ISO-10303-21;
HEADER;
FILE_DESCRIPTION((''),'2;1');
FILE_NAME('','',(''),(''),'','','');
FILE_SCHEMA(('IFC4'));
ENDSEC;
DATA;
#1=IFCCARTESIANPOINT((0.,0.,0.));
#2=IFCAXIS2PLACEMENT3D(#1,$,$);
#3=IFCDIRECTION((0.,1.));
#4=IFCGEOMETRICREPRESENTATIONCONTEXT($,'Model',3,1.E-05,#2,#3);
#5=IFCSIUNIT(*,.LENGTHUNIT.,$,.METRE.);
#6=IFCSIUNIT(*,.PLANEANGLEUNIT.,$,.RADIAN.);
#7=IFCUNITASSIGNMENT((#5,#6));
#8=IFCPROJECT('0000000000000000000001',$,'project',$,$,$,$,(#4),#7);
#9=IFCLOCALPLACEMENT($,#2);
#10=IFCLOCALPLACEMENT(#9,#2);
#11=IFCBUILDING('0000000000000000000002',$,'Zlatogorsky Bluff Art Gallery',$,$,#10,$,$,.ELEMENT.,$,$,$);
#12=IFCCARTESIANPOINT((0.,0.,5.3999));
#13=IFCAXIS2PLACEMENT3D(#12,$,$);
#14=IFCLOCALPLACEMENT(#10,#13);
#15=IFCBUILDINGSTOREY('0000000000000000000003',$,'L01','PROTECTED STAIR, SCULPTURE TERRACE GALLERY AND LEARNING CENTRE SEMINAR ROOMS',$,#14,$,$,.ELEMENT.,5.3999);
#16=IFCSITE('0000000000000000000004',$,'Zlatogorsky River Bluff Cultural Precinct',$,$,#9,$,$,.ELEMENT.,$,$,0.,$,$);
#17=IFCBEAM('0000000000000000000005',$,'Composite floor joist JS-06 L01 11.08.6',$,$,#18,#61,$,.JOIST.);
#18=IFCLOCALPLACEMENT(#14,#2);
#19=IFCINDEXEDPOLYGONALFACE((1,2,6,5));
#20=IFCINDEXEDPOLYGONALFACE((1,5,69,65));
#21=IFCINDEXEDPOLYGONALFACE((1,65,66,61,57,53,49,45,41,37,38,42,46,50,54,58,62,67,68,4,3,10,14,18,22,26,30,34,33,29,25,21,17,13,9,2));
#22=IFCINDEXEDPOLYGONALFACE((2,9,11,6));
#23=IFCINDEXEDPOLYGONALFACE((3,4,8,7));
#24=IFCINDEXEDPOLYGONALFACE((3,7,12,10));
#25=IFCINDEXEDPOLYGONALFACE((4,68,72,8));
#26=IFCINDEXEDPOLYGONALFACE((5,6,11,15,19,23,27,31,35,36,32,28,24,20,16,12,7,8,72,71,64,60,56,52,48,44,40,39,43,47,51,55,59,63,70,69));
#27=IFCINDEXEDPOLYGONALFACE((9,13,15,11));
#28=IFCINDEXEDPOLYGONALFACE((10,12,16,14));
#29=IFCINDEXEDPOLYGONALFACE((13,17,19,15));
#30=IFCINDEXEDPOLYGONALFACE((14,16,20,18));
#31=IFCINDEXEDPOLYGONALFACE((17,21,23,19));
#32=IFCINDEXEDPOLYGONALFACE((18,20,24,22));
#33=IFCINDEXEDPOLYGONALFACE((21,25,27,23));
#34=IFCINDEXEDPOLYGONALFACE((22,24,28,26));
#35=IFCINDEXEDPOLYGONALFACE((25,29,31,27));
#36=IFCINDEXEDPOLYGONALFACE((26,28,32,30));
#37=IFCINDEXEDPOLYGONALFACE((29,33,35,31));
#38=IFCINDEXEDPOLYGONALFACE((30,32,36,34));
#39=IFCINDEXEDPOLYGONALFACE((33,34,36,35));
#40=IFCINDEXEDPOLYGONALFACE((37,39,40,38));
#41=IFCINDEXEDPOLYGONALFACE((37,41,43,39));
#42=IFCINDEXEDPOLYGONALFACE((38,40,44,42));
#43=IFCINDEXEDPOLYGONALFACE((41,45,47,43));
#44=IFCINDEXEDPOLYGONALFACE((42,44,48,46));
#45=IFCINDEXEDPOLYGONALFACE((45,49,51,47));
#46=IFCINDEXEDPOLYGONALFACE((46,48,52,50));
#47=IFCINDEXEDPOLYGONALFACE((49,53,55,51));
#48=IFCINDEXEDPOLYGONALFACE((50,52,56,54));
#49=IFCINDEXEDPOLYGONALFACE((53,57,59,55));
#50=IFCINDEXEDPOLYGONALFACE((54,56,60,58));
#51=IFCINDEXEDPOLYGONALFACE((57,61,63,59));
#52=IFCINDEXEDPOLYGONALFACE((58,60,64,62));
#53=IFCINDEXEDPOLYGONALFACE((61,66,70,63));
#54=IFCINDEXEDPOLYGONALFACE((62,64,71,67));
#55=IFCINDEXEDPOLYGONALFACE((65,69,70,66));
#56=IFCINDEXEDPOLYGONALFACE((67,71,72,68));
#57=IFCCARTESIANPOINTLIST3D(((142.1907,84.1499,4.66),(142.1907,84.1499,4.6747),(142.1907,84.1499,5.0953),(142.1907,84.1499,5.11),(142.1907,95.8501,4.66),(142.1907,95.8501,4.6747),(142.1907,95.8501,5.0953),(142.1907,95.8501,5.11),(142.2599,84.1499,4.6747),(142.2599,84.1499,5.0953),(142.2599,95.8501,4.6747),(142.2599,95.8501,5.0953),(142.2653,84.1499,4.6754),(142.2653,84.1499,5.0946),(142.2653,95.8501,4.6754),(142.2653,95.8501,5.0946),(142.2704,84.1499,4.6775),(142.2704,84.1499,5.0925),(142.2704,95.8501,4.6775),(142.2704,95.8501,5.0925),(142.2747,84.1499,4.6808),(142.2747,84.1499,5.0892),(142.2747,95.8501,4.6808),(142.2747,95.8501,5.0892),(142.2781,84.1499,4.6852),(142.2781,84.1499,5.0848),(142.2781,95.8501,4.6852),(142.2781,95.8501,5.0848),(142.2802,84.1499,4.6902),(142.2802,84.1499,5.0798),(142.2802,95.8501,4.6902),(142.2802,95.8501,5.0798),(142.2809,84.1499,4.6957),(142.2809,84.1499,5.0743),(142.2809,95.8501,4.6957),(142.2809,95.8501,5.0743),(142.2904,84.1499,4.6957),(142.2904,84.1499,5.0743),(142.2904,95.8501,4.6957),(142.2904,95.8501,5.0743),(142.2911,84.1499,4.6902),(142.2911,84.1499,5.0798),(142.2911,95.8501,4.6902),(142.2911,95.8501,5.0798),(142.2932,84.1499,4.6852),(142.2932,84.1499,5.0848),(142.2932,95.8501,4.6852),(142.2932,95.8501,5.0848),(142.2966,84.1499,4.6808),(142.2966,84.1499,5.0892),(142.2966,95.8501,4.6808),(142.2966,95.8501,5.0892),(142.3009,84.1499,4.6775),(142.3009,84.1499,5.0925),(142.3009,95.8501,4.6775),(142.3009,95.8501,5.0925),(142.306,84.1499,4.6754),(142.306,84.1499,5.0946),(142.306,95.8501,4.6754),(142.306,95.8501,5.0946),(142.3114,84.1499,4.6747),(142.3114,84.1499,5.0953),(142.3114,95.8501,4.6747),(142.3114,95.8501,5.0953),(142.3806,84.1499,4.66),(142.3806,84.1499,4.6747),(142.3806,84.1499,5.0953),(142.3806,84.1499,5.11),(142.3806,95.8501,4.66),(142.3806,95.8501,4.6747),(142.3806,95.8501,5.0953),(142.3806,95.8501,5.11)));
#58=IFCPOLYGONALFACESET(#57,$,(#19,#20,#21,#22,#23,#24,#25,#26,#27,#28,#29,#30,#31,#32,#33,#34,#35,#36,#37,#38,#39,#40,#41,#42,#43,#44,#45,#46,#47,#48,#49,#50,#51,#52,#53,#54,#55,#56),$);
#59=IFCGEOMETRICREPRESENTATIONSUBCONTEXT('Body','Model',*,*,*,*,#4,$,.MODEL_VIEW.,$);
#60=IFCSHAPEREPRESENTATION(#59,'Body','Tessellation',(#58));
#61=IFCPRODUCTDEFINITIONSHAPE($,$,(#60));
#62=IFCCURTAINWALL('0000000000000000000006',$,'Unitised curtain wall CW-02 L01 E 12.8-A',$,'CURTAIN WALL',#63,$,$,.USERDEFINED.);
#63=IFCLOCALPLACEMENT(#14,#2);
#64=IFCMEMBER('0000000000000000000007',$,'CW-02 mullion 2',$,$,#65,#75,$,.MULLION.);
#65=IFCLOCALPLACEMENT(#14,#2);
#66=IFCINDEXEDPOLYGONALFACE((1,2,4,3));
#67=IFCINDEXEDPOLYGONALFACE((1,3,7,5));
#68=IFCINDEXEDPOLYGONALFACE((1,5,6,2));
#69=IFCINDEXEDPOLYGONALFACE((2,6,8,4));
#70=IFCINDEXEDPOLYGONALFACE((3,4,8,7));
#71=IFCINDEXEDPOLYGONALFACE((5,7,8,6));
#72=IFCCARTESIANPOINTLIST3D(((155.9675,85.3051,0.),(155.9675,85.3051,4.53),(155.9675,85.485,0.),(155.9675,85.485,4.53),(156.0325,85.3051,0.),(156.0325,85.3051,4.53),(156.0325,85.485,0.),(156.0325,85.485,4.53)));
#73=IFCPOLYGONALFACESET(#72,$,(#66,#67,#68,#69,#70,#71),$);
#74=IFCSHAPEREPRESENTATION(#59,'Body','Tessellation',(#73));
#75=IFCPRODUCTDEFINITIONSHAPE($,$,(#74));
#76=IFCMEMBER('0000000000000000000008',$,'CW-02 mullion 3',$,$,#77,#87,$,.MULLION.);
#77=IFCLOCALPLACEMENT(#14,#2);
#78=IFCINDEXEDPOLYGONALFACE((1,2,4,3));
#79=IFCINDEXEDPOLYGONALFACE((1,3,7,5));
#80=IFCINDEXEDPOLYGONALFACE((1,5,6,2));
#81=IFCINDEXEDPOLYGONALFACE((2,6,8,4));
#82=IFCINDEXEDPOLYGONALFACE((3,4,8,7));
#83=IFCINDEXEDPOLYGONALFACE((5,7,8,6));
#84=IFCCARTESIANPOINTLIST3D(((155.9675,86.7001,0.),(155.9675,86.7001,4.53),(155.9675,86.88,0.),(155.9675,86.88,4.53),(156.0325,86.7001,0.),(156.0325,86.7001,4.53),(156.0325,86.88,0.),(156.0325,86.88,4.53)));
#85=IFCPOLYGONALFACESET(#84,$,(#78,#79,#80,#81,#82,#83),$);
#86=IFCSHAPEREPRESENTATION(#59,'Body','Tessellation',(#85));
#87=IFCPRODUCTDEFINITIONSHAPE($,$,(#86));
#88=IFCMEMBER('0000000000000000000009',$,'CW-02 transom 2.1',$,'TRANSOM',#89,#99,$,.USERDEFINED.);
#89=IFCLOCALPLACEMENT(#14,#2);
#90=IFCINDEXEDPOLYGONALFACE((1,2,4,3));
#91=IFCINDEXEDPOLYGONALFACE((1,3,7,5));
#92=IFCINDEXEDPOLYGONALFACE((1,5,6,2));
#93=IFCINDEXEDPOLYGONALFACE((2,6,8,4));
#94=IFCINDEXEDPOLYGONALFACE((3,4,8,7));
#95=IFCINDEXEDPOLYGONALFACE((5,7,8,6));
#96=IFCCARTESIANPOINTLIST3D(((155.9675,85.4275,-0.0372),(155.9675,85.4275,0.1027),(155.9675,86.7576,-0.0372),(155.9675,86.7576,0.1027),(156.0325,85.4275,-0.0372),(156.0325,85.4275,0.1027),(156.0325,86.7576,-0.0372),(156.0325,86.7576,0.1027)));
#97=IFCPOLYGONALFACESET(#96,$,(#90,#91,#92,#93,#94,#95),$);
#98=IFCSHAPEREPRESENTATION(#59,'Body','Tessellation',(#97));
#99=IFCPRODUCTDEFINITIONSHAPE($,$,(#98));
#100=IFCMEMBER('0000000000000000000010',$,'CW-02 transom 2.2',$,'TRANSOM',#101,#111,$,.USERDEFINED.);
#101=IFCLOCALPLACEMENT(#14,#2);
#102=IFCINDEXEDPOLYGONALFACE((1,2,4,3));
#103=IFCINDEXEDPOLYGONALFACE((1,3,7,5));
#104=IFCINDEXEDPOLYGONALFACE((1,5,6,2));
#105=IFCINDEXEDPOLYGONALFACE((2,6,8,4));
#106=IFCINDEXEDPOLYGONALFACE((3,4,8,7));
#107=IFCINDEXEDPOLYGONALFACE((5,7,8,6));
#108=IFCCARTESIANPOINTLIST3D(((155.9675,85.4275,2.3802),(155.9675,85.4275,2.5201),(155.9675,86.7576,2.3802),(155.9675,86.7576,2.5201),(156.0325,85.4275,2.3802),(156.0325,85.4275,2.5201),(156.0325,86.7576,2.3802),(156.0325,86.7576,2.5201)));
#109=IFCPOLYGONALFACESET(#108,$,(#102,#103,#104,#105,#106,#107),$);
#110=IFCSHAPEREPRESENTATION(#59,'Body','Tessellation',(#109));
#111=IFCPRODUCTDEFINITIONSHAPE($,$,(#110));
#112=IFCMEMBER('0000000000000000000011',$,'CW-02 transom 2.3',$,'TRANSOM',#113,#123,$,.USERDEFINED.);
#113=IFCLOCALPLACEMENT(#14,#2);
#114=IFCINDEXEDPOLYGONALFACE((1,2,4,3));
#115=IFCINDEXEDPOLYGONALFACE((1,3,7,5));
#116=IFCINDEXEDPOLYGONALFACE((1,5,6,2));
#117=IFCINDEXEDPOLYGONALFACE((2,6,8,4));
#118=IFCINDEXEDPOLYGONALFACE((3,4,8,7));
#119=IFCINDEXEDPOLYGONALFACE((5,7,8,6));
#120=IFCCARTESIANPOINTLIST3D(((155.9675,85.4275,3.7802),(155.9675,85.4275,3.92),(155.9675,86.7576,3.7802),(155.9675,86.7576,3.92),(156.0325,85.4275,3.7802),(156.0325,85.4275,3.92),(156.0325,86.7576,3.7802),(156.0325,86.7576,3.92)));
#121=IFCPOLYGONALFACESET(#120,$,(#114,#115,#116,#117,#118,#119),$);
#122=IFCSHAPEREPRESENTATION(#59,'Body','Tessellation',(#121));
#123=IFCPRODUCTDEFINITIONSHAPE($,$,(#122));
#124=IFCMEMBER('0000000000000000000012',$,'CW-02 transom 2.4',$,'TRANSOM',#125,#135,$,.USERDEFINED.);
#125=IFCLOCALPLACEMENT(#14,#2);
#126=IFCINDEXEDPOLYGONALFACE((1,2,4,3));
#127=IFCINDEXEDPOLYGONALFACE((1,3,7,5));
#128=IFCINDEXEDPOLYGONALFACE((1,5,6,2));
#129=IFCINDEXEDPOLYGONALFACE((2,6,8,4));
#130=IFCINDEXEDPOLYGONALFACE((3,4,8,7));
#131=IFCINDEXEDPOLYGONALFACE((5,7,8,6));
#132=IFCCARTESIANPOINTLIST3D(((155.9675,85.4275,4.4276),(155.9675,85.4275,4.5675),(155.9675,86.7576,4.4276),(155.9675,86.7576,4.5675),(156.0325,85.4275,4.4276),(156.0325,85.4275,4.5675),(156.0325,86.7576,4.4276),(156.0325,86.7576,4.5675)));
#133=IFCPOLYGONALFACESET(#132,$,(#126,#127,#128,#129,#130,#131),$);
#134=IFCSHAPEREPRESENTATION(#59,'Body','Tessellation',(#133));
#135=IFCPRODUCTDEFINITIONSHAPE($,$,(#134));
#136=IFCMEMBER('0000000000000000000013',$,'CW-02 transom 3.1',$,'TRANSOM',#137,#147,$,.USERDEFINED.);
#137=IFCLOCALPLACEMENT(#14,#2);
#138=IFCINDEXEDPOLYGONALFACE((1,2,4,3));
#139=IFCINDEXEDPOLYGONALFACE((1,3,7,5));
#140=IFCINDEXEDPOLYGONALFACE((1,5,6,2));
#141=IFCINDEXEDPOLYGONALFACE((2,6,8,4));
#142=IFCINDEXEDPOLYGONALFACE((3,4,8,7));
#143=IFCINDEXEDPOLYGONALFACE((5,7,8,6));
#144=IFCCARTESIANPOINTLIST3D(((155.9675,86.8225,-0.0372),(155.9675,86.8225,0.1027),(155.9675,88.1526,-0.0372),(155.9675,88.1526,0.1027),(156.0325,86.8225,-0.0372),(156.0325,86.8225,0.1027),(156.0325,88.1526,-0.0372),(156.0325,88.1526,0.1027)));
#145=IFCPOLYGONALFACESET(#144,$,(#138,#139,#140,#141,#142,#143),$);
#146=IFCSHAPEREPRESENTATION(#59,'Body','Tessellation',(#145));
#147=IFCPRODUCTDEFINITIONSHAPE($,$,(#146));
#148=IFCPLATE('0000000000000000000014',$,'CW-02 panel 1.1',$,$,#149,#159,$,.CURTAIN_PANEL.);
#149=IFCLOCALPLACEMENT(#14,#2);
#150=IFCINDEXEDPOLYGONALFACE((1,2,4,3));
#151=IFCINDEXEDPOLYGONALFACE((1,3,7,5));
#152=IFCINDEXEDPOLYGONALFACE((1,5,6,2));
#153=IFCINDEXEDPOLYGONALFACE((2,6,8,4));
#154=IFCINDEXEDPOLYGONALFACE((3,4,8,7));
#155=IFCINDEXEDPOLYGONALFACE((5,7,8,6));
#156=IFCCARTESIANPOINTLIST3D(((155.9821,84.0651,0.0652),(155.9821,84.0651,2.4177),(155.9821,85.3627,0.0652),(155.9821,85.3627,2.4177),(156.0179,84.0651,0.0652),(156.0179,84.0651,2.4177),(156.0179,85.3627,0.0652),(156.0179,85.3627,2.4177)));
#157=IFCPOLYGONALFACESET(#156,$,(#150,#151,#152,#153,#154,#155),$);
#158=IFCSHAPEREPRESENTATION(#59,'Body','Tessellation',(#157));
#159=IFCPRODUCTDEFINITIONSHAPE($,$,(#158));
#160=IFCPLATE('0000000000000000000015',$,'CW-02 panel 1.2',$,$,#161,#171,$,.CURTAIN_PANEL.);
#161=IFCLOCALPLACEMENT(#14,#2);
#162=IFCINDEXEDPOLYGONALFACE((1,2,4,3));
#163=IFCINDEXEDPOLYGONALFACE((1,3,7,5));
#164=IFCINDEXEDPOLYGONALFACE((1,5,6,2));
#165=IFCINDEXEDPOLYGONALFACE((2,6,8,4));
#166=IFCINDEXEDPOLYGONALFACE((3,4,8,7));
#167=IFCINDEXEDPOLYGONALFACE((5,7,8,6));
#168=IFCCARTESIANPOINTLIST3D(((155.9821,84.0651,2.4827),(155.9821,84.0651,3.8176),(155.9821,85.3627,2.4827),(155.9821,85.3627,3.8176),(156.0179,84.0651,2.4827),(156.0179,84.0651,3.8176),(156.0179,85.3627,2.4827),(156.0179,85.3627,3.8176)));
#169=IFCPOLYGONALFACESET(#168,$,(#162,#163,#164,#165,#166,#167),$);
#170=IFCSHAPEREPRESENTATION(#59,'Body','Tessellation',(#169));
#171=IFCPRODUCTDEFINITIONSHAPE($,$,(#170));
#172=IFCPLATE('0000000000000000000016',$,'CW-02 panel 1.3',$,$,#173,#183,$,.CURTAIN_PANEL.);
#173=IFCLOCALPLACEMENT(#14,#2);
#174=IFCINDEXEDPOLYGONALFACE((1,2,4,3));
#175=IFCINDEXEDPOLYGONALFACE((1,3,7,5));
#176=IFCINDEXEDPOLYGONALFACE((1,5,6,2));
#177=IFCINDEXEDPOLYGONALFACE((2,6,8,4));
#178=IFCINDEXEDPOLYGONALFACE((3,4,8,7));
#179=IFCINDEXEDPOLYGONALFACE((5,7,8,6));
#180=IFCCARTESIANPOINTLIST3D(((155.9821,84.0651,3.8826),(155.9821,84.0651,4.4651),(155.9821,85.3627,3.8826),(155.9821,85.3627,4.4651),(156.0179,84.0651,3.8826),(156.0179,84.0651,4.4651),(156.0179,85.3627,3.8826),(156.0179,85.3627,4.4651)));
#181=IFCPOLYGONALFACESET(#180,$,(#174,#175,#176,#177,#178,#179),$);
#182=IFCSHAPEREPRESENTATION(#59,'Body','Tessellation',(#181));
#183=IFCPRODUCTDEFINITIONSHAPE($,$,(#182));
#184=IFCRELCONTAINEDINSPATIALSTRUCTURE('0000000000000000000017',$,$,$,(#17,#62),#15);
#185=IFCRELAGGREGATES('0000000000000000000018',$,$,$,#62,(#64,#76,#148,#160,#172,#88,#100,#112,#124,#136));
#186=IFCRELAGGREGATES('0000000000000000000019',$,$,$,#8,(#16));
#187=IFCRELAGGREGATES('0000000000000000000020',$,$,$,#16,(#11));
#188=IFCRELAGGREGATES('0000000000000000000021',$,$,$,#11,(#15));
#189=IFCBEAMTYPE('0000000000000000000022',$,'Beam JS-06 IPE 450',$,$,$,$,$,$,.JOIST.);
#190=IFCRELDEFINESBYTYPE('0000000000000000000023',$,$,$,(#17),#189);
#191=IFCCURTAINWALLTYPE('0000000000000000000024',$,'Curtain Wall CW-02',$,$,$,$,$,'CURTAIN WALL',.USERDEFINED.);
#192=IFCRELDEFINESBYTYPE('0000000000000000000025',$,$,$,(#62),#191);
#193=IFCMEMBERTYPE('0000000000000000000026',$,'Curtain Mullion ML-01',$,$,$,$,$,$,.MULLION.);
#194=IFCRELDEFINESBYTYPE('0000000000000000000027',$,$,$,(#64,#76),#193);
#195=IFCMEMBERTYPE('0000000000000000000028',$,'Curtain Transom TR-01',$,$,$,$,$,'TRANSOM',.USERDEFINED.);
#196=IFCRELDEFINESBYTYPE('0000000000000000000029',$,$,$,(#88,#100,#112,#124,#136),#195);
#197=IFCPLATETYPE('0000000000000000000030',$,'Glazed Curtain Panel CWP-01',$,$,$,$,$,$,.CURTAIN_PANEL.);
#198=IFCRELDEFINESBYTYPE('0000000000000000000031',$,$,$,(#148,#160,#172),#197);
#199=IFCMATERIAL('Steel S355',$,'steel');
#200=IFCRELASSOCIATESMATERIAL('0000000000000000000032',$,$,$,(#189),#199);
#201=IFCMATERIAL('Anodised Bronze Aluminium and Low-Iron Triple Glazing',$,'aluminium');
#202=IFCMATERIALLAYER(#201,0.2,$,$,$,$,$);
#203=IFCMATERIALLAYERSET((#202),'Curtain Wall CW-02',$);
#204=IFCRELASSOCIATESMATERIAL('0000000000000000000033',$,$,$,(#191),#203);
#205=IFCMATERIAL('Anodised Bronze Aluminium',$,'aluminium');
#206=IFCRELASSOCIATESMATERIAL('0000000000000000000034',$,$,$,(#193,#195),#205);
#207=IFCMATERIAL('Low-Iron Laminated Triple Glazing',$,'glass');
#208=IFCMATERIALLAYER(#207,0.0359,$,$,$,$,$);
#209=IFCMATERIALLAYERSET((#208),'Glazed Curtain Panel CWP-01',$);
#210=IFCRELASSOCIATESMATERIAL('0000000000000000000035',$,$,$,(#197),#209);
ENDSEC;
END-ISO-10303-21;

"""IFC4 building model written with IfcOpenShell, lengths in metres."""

from ifc_helpers import new_model, si_unit, direction, frame, origin, origin_2d, place, context, subcontext, project, spatial, rectangle, i_section, extrude, material, layer, layer_set, material_profile, profile_set, type_object, element, aggregate, save


model = new_model("IFC4")

# Units and contexts
model_context = context("Model", 3, precision=1e-05, world=origin(), true_north=direction((0.0, 1.0)))
body_context = subcontext(model_context, "Body", "Model", "MODEL_VIEW")
ifc_project = project(units=[si_unit("LENGTHUNIT", "METRE"), si_unit("PLANEANGLEUNIT", "RADIAN")], contexts=[model_context])

# Site, building, storey
site_placement = place(None, origin())
site = spatial("IfcSite", under=ifc_project, at=site_placement, Name="Zlatogorsky River Bluff Cultural Precinct", CompositionType="ELEMENT", RefElevation=0.0)
building_placement = place(site_placement, origin())
building = spatial("IfcBuilding", under=site, at=building_placement, Name="Zlatogorsky Bluff Art Gallery", CompositionType="ELEMENT")
storey_placement = place(building_placement, frame((0.0, 0.0, 5.3999)))
storey = spatial("IfcBuildingStorey", under=building, at=storey_placement, Name="L01", Description="PROTECTED STAIR, SCULPTURE TERRACE GALLERY AND LEARNING CENTRE SEMINAR ROOMS", CompositionType="ELEMENT", Elevation=5.3999)

# Beam
ifc_material_1 = material(Name="Steel S355", Category="steel")
ifc_material_profile_1 = material_profile(ifc_material_1, i_section(OverallWidth=0.1899, OverallDepth=0.45, WebThickness=0.0095, FlangeThickness=0.0146, FilletRadius=0.021, at=origin_2d()), Name="IPE 450")
ifc_profile_set_1 = profile_set([ifc_material_profile_1], Name="Steel S355")
beam_type = type_object("IfcBeamType", Name="Beam JS-06 IPE 450", PredefinedType="JOIST", material=ifc_profile_set_1)
beam_placement = place(storey_placement, frame((142.2856, 84.1499, 4.885), z_axis=(0.0, 1.0, 0.0), x_axis=(-1.0, 0.0, 0.0)))
element("IfcBeam", 1, at=beam_placement, inside=storey, type_object=beam_type, Name="Composite floor joist JS-06 L01 11.08.6", PredefinedType="JOIST", context=body_context, shape_type="SweptSolid", body=[
    extrude(i_section(OverallWidth=0.1899, OverallDepth=0.45, WebThickness=0.0095, FlangeThickness=0.0146, FilletRadius=0.021, at=origin_2d()), origin(), (0.0, 0.0, 1.0), 11.7002),
])

# Curtain wall, members, plates
ifc_material_2 = material(Name="Anodised Bronze Aluminium and Low-Iron Triple Glazing", Category="aluminium")
ifc_layer_1 = layer(ifc_material_2, 0.2)
ifc_layer_set_1 = layer_set([ifc_layer_1], Name="Curtain Wall CW-02")
curtain_wall_type = type_object("IfcCurtainWallType", Name="Curtain Wall CW-02", ElementType="CURTAIN WALL", PredefinedType="USERDEFINED", material=ifc_layer_set_1)
curtain_wall_placement = place(storey_placement, origin())
curtain_wall = element("IfcCurtainWall", 2, at=curtain_wall_placement, inside=storey, type_object=curtain_wall_type, Name="Unitised curtain wall CW-02 L01 E 12.8-A", ObjectType="CURTAIN WALL", PredefinedType="USERDEFINED")
ifc_material_3 = material(Name="Anodised Bronze Aluminium", Category="aluminium")
ifc_material_profile_2 = material_profile(ifc_material_3, rectangle(XDim=0.0649, YDim=0.1799, at=origin_2d()), Name="ALU MULLION 65x180")
ifc_profile_set_2 = profile_set([ifc_material_profile_2], Name="Anodised Bronze Aluminium")
member_type_1 = type_object("IfcMemberType", Name="Curtain Mullion ML-01", PredefinedType="MULLION", material=ifc_profile_set_2)
member_1_placement = place(storey_placement, frame((156.0, 85.395, 0.0), z_axis=(0.0, 0.0, 1.0), x_axis=(-1.0, 0.0, 0.0)))
member_1 = element("IfcMember", 3, at=member_1_placement, type_object=member_type_1, Name="CW-02 mullion 2", PredefinedType="MULLION", context=body_context, shape_type="SweptSolid", body=[
    extrude(rectangle(XDim=0.0649, YDim=0.1799, at=origin_2d()), origin(), (0.0, 0.0, 1.0), 4.53),
])
member_2_placement = place(storey_placement, frame((156.0, 86.79, 0.0), z_axis=(0.0, 0.0, 1.0), x_axis=(-1.0, 0.0, 0.0)))
member_2 = element("IfcMember", 4, at=member_2_placement, type_object=member_type_1, Name="CW-02 mullion 3", PredefinedType="MULLION", context=body_context, shape_type="SweptSolid", body=[
    extrude(rectangle(XDim=0.0649, YDim=0.1799, at=origin_2d()), origin(), (0.0, 0.0, 1.0), 4.53),
])
ifc_material_profile_3 = material_profile(ifc_material_3, rectangle(XDim=0.0649, YDim=0.1399, at=origin_2d()), Name="ALU TRANSOM 65x140")
ifc_profile_set_3 = profile_set([ifc_material_profile_3], Name="Anodised Bronze Aluminium")
member_type_2 = type_object("IfcMemberType", Name="Curtain Transom TR-01", ElementType="TRANSOM", PredefinedType="USERDEFINED", material=ifc_profile_set_3)
member_3_placement = place(storey_placement, frame((156.0, 85.4275, 0.0327), z_axis=(0.0, 1.0, 0.0), x_axis=(-1.0, 0.0, 0.0)))
member_3 = element("IfcMember", 5, at=member_3_placement, type_object=member_type_2, Name="CW-02 transom 2.1", ObjectType="TRANSOM", PredefinedType="USERDEFINED", context=body_context, shape_type="SweptSolid", body=[
    extrude(rectangle(XDim=0.0649, YDim=0.1399, at=origin_2d()), origin(), (0.0, 0.0, 1.0), 1.3301),
])
member_4_placement = place(storey_placement, frame((156.0, 85.4275, 2.4502), z_axis=(0.0, 1.0, 0.0), x_axis=(-1.0, 0.0, 0.0)))
member_4 = element("IfcMember", 6, at=member_4_placement, type_object=member_type_2, Name="CW-02 transom 2.2", ObjectType="TRANSOM", PredefinedType="USERDEFINED", context=body_context, shape_type="SweptSolid", body=[
    extrude(rectangle(XDim=0.0649, YDim=0.1399, at=origin_2d()), origin(), (0.0, 0.0, 1.0), 1.3301),
])
member_5_placement = place(storey_placement, frame((156.0, 85.4275, 3.8501), z_axis=(0.0, 1.0, 0.0), x_axis=(-1.0, 0.0, 0.0)))
member_5 = element("IfcMember", 7, at=member_5_placement, type_object=member_type_2, Name="CW-02 transom 2.3", ObjectType="TRANSOM", PredefinedType="USERDEFINED", context=body_context, shape_type="SweptSolid", body=[
    extrude(rectangle(XDim=0.0649, YDim=0.1399, at=origin_2d()), origin(), (0.0, 0.0, 1.0), 1.3301),
])
member_6_placement = place(storey_placement, frame((156.0, 85.4275, 4.4976), z_axis=(0.0, 1.0, 0.0), x_axis=(-1.0, 0.0, 0.0)))
member_6 = element("IfcMember", 8, at=member_6_placement, type_object=member_type_2, Name="CW-02 transom 2.4", ObjectType="TRANSOM", PredefinedType="USERDEFINED", context=body_context, shape_type="SweptSolid", body=[
    extrude(rectangle(XDim=0.0649, YDim=0.1399, at=origin_2d()), origin(), (0.0, 0.0, 1.0), 1.3301),
])
member_7_placement = place(storey_placement, frame((156.0, 86.8225, 0.0327), z_axis=(0.0, 1.0, 0.0), x_axis=(-1.0, 0.0, 0.0)))
member_7 = element("IfcMember", 9, at=member_7_placement, type_object=member_type_2, Name="CW-02 transom 3.1", ObjectType="TRANSOM", PredefinedType="USERDEFINED", context=body_context, shape_type="SweptSolid", body=[
    extrude(rectangle(XDim=0.0649, YDim=0.1399, at=origin_2d()), origin(), (0.0, 0.0, 1.0), 1.3301),
])
ifc_material_4 = material(Name="Low-Iron Laminated Triple Glazing", Category="glass")
ifc_layer_2 = layer(ifc_material_4, 0.0359)
ifc_layer_set_2 = layer_set([ifc_layer_2], Name="Glazed Curtain Panel CWP-01")
plate_type = type_object("IfcPlateType", Name="Glazed Curtain Panel CWP-01", PredefinedType="CURTAIN_PANEL", material=ifc_layer_set_2)
plate_1_placement = place(storey_placement, frame((156.0, 84.7139, 0.0652), z_axis=(0.0, 0.0, 1.0), x_axis=(0.0, 1.0, 0.0)))
plate_1 = element("IfcPlate", 10, at=plate_1_placement, type_object=plate_type, Name="CW-02 panel 1.1", PredefinedType="CURTAIN_PANEL", context=body_context, shape_type="SweptSolid", body=[
    extrude(rectangle(XDim=1.2976, YDim=0.0359, at=origin_2d()), origin(), (0.0, 0.0, 1.0), 2.3525),
])
plate_2_placement = place(storey_placement, frame((156.0, 84.7139, 2.4827), z_axis=(0.0, 0.0, 1.0), x_axis=(0.0, 1.0, 0.0)))
plate_2 = element("IfcPlate", 11, at=plate_2_placement, type_object=plate_type, Name="CW-02 panel 1.2", PredefinedType="CURTAIN_PANEL", context=body_context, shape_type="SweptSolid", body=[
    extrude(rectangle(XDim=1.2976, YDim=0.0359, at=origin_2d()), origin(), (0.0, 0.0, 1.0), 1.335),
])
plate_3_placement = place(storey_placement, frame((156.0, 84.7139, 3.8826), z_axis=(0.0, 0.0, 1.0), x_axis=(0.0, 1.0, 0.0)))
plate_3 = element("IfcPlate", 12, at=plate_3_placement, type_object=plate_type, Name="CW-02 panel 1.3", PredefinedType="CURTAIN_PANEL", context=body_context, shape_type="SweptSolid", body=[
    extrude(rectangle(XDim=1.2976, YDim=0.0359, at=origin_2d()), origin(), (0.0, 0.0, 1.0), 0.5825),
])
aggregate(curtain_wall, [member_1, member_2, plate_1, plate_2, plate_3, member_3, member_4, member_5, member_6, member_7])

save(model, "model.ifc")
